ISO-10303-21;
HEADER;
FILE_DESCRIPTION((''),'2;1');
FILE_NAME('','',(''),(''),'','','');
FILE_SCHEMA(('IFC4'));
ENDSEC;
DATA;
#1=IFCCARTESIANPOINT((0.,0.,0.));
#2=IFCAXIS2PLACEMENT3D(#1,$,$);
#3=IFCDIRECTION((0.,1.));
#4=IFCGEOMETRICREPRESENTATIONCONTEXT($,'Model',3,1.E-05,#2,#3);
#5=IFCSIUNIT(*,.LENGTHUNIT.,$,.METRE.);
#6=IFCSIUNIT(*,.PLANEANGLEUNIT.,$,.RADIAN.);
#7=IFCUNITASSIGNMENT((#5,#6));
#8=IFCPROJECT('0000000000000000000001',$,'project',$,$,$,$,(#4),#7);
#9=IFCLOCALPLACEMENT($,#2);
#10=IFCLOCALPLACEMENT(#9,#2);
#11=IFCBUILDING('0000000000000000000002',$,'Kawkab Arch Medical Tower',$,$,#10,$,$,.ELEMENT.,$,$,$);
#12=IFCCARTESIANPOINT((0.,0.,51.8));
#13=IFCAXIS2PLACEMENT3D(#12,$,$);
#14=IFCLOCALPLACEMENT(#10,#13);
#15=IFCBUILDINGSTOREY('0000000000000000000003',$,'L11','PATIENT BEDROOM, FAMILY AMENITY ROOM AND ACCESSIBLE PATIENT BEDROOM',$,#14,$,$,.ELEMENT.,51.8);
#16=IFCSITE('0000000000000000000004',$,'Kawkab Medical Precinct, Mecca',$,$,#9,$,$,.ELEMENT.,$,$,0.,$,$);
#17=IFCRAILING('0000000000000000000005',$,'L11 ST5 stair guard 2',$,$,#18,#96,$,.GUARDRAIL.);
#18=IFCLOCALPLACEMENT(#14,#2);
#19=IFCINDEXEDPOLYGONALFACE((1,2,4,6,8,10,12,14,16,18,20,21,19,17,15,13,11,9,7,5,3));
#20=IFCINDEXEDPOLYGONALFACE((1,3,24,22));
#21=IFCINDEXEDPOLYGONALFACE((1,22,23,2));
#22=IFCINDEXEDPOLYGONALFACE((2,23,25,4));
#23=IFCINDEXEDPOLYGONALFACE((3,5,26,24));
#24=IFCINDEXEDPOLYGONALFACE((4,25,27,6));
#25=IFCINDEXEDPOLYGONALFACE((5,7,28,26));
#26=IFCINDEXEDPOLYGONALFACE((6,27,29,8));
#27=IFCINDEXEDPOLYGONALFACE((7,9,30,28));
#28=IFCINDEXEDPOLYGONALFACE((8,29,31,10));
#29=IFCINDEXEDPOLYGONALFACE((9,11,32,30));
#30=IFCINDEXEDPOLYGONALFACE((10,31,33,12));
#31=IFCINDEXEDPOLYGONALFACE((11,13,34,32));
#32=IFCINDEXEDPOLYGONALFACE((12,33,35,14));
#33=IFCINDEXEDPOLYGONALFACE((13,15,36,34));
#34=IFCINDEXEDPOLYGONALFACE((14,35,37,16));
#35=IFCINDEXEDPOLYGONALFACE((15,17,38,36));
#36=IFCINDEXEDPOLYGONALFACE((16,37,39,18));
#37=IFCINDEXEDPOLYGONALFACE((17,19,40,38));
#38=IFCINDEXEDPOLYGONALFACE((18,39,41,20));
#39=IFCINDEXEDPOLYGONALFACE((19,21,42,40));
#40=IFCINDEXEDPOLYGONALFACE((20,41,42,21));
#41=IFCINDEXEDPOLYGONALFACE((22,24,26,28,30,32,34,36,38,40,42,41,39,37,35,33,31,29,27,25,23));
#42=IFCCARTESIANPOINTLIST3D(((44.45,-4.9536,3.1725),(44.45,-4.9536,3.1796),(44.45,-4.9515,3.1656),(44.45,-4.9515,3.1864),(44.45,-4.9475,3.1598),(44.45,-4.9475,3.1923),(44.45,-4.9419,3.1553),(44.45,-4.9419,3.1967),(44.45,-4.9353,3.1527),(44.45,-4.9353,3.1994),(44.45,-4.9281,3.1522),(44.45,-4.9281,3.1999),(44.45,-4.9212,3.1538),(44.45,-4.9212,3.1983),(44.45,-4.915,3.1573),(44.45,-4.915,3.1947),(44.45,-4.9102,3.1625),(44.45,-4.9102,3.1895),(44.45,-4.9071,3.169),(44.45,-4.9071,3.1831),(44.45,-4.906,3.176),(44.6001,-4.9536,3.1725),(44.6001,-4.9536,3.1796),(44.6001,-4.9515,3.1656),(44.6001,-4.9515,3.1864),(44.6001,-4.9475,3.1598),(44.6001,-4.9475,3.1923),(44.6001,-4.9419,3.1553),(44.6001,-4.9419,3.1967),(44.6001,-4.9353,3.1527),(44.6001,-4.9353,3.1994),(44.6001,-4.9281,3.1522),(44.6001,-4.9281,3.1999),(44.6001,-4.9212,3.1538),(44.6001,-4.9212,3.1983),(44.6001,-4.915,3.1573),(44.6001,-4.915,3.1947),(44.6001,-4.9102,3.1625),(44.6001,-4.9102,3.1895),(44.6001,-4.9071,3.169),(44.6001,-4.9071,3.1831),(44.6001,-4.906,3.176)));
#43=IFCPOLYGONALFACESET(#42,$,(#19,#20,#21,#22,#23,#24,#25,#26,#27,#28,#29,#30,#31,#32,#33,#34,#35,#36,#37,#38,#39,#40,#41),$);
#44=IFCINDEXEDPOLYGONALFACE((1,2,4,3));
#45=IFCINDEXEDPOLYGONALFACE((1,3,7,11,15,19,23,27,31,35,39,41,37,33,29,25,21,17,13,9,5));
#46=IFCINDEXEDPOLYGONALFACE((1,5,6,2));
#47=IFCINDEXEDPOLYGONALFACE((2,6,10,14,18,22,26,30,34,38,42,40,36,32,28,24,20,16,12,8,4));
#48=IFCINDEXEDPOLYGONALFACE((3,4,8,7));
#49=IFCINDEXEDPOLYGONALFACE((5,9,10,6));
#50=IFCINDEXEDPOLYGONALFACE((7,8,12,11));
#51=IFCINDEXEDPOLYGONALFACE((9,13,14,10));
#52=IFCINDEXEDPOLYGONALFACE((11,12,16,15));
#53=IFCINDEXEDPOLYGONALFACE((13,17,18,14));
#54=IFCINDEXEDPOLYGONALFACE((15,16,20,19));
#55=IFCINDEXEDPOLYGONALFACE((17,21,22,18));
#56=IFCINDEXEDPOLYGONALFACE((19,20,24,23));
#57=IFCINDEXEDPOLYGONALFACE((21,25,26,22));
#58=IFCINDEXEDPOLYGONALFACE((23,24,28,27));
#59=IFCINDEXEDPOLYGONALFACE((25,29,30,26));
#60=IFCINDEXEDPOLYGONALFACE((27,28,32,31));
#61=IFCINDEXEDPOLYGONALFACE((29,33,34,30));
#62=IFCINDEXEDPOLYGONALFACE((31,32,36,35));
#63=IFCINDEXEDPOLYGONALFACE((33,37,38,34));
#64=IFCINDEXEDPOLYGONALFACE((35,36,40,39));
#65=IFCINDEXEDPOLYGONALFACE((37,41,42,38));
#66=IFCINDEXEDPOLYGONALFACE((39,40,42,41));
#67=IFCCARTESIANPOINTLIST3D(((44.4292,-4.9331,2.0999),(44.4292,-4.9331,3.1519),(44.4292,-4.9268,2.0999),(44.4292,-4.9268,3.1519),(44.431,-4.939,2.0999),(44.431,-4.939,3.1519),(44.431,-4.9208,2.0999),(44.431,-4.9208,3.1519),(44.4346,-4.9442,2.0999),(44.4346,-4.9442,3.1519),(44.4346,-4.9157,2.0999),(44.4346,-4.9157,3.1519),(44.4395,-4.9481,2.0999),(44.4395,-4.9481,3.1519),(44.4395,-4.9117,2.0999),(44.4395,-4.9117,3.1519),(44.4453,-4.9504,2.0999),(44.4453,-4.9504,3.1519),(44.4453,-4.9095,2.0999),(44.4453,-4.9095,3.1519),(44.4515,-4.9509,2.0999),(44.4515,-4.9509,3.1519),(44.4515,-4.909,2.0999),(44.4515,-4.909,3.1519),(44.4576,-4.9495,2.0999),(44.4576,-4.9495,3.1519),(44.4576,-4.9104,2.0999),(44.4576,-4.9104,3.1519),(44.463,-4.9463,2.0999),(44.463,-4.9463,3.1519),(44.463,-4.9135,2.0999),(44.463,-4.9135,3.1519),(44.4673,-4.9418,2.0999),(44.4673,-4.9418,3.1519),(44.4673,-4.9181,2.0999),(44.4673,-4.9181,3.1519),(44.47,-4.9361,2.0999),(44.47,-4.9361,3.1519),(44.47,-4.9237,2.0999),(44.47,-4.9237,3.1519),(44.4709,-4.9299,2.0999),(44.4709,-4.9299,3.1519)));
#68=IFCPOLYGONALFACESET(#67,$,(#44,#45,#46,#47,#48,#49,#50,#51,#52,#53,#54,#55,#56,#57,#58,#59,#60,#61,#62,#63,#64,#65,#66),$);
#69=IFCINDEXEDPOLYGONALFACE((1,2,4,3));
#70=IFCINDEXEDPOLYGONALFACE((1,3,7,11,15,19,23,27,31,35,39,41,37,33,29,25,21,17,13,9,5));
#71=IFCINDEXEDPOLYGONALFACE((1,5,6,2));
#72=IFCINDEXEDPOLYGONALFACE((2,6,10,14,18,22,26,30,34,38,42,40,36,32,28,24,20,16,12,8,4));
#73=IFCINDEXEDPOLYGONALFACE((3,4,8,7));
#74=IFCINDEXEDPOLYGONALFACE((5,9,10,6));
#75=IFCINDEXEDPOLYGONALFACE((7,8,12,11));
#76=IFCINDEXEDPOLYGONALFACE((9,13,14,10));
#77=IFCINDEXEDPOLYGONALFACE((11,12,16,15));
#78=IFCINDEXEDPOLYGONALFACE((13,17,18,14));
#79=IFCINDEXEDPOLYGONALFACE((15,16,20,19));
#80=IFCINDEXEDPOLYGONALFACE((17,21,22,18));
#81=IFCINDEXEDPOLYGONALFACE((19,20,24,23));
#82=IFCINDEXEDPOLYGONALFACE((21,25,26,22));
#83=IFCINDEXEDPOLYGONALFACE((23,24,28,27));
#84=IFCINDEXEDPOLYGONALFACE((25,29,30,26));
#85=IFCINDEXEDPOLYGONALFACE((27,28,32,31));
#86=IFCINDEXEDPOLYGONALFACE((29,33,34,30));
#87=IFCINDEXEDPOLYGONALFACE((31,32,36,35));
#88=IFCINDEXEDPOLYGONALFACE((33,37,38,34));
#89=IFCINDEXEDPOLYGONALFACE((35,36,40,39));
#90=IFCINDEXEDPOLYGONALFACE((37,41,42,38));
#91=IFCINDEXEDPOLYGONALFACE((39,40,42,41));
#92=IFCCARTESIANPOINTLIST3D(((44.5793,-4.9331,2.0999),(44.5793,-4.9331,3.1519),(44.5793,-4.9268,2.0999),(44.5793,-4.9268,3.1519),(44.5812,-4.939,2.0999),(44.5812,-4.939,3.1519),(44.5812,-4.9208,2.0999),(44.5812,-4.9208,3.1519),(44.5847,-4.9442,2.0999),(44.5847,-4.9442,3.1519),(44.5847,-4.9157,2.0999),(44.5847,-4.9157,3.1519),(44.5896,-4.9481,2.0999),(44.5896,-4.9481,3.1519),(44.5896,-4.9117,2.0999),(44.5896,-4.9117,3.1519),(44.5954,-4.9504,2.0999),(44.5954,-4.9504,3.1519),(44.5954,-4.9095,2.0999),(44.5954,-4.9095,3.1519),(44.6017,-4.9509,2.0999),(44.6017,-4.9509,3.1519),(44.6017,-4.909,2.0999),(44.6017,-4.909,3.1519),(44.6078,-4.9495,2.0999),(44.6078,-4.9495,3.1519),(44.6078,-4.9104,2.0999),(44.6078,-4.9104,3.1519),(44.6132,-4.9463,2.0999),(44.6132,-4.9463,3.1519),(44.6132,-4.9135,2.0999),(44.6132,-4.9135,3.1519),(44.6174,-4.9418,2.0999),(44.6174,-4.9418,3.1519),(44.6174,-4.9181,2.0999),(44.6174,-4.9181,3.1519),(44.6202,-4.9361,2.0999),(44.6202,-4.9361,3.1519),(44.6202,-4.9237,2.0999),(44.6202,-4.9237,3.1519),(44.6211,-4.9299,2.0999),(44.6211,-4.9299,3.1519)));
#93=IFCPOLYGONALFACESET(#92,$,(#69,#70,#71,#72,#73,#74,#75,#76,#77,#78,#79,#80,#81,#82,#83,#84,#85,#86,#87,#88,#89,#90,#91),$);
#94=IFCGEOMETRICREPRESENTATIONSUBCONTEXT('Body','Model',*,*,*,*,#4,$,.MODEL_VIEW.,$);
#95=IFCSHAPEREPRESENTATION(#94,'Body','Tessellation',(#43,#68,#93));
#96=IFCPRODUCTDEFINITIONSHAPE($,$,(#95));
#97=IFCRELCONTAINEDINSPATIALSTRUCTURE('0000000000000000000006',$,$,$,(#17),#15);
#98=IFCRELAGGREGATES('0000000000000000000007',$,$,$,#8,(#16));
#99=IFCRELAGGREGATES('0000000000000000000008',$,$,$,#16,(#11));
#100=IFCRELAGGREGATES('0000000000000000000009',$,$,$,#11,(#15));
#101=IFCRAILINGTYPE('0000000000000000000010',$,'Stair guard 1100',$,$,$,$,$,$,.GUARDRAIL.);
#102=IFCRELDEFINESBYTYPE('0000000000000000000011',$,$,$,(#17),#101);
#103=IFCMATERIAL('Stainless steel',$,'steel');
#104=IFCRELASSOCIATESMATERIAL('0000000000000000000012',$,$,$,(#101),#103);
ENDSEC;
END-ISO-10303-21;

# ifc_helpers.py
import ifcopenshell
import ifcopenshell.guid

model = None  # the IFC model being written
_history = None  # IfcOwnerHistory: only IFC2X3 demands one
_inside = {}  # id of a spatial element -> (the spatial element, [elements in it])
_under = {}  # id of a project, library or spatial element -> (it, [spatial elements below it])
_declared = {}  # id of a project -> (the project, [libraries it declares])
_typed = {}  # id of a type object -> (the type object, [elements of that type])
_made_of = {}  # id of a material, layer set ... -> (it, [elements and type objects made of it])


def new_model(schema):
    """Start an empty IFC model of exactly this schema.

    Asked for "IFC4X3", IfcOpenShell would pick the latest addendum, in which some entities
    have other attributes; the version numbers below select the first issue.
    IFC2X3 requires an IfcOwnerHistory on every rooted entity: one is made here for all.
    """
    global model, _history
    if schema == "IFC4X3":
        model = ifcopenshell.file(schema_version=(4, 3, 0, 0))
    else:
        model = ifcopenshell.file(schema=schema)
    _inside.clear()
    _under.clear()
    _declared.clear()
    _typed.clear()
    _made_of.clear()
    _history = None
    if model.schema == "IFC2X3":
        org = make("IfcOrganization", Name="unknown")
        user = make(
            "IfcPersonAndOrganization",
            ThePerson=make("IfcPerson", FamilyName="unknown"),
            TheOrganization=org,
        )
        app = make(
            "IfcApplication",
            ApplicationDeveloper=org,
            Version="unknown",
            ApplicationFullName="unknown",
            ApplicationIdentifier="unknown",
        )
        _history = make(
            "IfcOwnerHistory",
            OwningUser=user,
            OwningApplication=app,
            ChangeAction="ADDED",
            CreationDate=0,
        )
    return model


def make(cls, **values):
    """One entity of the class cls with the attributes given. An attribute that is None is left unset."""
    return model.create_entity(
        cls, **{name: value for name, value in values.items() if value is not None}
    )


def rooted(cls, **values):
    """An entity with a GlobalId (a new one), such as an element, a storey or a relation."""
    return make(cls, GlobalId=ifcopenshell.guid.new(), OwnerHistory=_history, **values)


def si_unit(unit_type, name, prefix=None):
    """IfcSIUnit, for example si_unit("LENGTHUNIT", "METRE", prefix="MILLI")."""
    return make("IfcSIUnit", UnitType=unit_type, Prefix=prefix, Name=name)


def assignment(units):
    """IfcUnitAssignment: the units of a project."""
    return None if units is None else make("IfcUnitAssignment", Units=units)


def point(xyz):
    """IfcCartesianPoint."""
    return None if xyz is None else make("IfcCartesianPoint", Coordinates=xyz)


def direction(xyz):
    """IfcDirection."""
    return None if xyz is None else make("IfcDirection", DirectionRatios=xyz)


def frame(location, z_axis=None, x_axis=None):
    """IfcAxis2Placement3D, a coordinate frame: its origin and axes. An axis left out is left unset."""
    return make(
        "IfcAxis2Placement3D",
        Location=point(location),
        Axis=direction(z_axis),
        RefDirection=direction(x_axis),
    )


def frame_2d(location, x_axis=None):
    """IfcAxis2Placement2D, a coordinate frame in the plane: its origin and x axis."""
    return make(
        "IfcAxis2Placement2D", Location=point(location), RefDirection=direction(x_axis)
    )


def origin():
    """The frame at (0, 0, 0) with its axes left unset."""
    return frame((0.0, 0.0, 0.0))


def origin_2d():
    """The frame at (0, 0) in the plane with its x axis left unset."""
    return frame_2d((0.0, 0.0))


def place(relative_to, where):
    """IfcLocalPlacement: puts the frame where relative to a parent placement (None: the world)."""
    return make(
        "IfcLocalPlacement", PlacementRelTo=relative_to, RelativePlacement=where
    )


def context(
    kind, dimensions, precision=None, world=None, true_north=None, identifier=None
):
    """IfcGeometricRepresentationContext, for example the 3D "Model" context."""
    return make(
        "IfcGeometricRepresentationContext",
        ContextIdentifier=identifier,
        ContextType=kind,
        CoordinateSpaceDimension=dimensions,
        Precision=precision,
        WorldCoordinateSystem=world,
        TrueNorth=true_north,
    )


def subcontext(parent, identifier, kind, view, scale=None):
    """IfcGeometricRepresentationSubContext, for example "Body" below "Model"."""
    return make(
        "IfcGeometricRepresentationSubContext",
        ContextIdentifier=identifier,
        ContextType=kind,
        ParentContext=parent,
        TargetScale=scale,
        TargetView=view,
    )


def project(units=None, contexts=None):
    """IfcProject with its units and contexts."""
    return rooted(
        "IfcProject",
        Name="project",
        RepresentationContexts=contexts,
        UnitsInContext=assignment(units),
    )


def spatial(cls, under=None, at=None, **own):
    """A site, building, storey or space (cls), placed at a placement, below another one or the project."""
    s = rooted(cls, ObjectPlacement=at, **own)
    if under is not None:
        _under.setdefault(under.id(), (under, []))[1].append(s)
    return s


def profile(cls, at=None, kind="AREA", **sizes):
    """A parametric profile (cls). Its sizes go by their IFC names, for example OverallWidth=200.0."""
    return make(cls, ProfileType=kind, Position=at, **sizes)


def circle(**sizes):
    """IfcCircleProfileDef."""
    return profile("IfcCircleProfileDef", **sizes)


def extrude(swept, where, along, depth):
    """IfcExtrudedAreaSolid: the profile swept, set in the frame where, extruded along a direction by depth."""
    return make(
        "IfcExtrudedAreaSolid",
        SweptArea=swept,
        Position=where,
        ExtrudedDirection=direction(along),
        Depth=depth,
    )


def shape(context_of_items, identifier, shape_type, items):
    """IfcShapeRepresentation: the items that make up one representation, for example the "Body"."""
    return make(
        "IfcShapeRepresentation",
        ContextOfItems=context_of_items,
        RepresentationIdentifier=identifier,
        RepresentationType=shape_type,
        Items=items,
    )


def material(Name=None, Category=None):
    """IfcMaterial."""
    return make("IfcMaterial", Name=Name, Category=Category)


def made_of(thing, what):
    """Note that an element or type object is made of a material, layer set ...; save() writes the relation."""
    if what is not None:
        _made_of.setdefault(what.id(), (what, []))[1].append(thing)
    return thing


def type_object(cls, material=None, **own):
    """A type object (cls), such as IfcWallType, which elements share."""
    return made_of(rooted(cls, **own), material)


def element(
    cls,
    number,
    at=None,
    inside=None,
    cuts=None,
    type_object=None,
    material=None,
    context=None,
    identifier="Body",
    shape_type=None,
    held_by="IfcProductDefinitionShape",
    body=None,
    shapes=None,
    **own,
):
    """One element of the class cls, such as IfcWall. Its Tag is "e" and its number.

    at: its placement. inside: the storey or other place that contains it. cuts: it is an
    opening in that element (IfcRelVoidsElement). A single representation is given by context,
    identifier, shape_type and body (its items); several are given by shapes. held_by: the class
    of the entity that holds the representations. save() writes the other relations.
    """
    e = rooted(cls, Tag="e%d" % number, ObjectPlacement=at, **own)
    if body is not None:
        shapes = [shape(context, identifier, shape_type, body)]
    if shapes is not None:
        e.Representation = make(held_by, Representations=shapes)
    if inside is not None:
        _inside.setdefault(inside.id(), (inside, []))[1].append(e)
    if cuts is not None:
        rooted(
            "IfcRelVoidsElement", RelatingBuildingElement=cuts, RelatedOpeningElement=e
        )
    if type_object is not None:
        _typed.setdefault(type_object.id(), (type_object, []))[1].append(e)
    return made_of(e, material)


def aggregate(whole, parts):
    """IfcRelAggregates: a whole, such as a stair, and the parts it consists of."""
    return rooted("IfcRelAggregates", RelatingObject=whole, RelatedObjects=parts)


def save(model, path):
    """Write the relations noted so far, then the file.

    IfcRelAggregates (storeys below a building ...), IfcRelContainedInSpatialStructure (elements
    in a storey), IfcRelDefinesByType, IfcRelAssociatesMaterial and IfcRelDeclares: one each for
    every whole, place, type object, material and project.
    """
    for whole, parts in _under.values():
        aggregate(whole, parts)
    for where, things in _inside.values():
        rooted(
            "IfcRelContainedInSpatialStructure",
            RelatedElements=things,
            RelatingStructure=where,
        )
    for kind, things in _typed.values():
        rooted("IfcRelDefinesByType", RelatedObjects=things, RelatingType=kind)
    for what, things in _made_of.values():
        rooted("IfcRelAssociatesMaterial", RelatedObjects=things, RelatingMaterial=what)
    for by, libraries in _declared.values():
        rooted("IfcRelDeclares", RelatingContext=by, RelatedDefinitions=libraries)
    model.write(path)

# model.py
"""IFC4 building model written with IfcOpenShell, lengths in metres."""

from ifc_helpers import new_model, si_unit, direction, frame, origin, origin_2d, place, context, subcontext, project, spatial, circle, extrude, material, type_object, element, save


model = new_model("IFC4")

# Units and contexts
model_context = context("Model", 3, precision=1e-05, world=origin(), true_north=direction((0.0, 1.0)))
body_context = subcontext(model_context, "Body", "Model", "MODEL_VIEW")
ifc_project = project(units=[si_unit("LENGTHUNIT", "METRE"), si_unit("PLANEANGLEUNIT", "RADIAN")], contexts=[model_context])

# Site, building, storey
site_placement = place(None, origin())
site = spatial("IfcSite", under=ifc_project, at=site_placement, Name="Kawkab Medical Precinct, Mecca", CompositionType="ELEMENT", RefElevation=0.0)
building_placement = place(site_placement, origin())
building = spatial("IfcBuilding", under=site, at=building_placement, Name="Kawkab Arch Medical Tower", CompositionType="ELEMENT")
storey_placement = place(building_placement, frame((0.0, 0.0, 51.8)))
storey = spatial("IfcBuildingStorey", under=building, at=storey_placement, Name="L11", Description="PATIENT BEDROOM, FAMILY AMENITY ROOM AND ACCESSIBLE PATIENT BEDROOM", CompositionType="ELEMENT", Elevation=51.8)

# Railing
ifc_material_1 = material(Name="Stainless steel", Category="steel")
railing_type = type_object("IfcRailingType", Name="Stair guard 1100", PredefinedType="GUARDRAIL", material=ifc_material_1)
railing_1_placement = place(storey_placement, frame((44.45, -4.9299, 2.0999)))
element("IfcRailing", 1, at=railing_1_placement, inside=storey, type_object=railing_type, Name="L11 ST5 stair guard 2", PredefinedType="GUARDRAIL", context=body_context, shape_type="SweptSolid", body=[
    extrude(circle(Radius=0.0239, at=origin_2d()), frame((0.0, 0.0, 1.0762), z_axis=(1.0, 0.0, 0.0), x_axis=(0.0, 1.0, 0.0)), (0.0, 0.0, 1.0), 0.1501),
    extrude(circle(Radius=0.021, at=origin_2d()), origin(), (0.0, 0.0, 1.0), 1.052),
    extrude(circle(Radius=0.021, at=origin_2d()), frame((0.1501, 0.0, 0.0)), (0.0, 0.0, 1.0), 1.052),
])

save(model, "model.ifc")
